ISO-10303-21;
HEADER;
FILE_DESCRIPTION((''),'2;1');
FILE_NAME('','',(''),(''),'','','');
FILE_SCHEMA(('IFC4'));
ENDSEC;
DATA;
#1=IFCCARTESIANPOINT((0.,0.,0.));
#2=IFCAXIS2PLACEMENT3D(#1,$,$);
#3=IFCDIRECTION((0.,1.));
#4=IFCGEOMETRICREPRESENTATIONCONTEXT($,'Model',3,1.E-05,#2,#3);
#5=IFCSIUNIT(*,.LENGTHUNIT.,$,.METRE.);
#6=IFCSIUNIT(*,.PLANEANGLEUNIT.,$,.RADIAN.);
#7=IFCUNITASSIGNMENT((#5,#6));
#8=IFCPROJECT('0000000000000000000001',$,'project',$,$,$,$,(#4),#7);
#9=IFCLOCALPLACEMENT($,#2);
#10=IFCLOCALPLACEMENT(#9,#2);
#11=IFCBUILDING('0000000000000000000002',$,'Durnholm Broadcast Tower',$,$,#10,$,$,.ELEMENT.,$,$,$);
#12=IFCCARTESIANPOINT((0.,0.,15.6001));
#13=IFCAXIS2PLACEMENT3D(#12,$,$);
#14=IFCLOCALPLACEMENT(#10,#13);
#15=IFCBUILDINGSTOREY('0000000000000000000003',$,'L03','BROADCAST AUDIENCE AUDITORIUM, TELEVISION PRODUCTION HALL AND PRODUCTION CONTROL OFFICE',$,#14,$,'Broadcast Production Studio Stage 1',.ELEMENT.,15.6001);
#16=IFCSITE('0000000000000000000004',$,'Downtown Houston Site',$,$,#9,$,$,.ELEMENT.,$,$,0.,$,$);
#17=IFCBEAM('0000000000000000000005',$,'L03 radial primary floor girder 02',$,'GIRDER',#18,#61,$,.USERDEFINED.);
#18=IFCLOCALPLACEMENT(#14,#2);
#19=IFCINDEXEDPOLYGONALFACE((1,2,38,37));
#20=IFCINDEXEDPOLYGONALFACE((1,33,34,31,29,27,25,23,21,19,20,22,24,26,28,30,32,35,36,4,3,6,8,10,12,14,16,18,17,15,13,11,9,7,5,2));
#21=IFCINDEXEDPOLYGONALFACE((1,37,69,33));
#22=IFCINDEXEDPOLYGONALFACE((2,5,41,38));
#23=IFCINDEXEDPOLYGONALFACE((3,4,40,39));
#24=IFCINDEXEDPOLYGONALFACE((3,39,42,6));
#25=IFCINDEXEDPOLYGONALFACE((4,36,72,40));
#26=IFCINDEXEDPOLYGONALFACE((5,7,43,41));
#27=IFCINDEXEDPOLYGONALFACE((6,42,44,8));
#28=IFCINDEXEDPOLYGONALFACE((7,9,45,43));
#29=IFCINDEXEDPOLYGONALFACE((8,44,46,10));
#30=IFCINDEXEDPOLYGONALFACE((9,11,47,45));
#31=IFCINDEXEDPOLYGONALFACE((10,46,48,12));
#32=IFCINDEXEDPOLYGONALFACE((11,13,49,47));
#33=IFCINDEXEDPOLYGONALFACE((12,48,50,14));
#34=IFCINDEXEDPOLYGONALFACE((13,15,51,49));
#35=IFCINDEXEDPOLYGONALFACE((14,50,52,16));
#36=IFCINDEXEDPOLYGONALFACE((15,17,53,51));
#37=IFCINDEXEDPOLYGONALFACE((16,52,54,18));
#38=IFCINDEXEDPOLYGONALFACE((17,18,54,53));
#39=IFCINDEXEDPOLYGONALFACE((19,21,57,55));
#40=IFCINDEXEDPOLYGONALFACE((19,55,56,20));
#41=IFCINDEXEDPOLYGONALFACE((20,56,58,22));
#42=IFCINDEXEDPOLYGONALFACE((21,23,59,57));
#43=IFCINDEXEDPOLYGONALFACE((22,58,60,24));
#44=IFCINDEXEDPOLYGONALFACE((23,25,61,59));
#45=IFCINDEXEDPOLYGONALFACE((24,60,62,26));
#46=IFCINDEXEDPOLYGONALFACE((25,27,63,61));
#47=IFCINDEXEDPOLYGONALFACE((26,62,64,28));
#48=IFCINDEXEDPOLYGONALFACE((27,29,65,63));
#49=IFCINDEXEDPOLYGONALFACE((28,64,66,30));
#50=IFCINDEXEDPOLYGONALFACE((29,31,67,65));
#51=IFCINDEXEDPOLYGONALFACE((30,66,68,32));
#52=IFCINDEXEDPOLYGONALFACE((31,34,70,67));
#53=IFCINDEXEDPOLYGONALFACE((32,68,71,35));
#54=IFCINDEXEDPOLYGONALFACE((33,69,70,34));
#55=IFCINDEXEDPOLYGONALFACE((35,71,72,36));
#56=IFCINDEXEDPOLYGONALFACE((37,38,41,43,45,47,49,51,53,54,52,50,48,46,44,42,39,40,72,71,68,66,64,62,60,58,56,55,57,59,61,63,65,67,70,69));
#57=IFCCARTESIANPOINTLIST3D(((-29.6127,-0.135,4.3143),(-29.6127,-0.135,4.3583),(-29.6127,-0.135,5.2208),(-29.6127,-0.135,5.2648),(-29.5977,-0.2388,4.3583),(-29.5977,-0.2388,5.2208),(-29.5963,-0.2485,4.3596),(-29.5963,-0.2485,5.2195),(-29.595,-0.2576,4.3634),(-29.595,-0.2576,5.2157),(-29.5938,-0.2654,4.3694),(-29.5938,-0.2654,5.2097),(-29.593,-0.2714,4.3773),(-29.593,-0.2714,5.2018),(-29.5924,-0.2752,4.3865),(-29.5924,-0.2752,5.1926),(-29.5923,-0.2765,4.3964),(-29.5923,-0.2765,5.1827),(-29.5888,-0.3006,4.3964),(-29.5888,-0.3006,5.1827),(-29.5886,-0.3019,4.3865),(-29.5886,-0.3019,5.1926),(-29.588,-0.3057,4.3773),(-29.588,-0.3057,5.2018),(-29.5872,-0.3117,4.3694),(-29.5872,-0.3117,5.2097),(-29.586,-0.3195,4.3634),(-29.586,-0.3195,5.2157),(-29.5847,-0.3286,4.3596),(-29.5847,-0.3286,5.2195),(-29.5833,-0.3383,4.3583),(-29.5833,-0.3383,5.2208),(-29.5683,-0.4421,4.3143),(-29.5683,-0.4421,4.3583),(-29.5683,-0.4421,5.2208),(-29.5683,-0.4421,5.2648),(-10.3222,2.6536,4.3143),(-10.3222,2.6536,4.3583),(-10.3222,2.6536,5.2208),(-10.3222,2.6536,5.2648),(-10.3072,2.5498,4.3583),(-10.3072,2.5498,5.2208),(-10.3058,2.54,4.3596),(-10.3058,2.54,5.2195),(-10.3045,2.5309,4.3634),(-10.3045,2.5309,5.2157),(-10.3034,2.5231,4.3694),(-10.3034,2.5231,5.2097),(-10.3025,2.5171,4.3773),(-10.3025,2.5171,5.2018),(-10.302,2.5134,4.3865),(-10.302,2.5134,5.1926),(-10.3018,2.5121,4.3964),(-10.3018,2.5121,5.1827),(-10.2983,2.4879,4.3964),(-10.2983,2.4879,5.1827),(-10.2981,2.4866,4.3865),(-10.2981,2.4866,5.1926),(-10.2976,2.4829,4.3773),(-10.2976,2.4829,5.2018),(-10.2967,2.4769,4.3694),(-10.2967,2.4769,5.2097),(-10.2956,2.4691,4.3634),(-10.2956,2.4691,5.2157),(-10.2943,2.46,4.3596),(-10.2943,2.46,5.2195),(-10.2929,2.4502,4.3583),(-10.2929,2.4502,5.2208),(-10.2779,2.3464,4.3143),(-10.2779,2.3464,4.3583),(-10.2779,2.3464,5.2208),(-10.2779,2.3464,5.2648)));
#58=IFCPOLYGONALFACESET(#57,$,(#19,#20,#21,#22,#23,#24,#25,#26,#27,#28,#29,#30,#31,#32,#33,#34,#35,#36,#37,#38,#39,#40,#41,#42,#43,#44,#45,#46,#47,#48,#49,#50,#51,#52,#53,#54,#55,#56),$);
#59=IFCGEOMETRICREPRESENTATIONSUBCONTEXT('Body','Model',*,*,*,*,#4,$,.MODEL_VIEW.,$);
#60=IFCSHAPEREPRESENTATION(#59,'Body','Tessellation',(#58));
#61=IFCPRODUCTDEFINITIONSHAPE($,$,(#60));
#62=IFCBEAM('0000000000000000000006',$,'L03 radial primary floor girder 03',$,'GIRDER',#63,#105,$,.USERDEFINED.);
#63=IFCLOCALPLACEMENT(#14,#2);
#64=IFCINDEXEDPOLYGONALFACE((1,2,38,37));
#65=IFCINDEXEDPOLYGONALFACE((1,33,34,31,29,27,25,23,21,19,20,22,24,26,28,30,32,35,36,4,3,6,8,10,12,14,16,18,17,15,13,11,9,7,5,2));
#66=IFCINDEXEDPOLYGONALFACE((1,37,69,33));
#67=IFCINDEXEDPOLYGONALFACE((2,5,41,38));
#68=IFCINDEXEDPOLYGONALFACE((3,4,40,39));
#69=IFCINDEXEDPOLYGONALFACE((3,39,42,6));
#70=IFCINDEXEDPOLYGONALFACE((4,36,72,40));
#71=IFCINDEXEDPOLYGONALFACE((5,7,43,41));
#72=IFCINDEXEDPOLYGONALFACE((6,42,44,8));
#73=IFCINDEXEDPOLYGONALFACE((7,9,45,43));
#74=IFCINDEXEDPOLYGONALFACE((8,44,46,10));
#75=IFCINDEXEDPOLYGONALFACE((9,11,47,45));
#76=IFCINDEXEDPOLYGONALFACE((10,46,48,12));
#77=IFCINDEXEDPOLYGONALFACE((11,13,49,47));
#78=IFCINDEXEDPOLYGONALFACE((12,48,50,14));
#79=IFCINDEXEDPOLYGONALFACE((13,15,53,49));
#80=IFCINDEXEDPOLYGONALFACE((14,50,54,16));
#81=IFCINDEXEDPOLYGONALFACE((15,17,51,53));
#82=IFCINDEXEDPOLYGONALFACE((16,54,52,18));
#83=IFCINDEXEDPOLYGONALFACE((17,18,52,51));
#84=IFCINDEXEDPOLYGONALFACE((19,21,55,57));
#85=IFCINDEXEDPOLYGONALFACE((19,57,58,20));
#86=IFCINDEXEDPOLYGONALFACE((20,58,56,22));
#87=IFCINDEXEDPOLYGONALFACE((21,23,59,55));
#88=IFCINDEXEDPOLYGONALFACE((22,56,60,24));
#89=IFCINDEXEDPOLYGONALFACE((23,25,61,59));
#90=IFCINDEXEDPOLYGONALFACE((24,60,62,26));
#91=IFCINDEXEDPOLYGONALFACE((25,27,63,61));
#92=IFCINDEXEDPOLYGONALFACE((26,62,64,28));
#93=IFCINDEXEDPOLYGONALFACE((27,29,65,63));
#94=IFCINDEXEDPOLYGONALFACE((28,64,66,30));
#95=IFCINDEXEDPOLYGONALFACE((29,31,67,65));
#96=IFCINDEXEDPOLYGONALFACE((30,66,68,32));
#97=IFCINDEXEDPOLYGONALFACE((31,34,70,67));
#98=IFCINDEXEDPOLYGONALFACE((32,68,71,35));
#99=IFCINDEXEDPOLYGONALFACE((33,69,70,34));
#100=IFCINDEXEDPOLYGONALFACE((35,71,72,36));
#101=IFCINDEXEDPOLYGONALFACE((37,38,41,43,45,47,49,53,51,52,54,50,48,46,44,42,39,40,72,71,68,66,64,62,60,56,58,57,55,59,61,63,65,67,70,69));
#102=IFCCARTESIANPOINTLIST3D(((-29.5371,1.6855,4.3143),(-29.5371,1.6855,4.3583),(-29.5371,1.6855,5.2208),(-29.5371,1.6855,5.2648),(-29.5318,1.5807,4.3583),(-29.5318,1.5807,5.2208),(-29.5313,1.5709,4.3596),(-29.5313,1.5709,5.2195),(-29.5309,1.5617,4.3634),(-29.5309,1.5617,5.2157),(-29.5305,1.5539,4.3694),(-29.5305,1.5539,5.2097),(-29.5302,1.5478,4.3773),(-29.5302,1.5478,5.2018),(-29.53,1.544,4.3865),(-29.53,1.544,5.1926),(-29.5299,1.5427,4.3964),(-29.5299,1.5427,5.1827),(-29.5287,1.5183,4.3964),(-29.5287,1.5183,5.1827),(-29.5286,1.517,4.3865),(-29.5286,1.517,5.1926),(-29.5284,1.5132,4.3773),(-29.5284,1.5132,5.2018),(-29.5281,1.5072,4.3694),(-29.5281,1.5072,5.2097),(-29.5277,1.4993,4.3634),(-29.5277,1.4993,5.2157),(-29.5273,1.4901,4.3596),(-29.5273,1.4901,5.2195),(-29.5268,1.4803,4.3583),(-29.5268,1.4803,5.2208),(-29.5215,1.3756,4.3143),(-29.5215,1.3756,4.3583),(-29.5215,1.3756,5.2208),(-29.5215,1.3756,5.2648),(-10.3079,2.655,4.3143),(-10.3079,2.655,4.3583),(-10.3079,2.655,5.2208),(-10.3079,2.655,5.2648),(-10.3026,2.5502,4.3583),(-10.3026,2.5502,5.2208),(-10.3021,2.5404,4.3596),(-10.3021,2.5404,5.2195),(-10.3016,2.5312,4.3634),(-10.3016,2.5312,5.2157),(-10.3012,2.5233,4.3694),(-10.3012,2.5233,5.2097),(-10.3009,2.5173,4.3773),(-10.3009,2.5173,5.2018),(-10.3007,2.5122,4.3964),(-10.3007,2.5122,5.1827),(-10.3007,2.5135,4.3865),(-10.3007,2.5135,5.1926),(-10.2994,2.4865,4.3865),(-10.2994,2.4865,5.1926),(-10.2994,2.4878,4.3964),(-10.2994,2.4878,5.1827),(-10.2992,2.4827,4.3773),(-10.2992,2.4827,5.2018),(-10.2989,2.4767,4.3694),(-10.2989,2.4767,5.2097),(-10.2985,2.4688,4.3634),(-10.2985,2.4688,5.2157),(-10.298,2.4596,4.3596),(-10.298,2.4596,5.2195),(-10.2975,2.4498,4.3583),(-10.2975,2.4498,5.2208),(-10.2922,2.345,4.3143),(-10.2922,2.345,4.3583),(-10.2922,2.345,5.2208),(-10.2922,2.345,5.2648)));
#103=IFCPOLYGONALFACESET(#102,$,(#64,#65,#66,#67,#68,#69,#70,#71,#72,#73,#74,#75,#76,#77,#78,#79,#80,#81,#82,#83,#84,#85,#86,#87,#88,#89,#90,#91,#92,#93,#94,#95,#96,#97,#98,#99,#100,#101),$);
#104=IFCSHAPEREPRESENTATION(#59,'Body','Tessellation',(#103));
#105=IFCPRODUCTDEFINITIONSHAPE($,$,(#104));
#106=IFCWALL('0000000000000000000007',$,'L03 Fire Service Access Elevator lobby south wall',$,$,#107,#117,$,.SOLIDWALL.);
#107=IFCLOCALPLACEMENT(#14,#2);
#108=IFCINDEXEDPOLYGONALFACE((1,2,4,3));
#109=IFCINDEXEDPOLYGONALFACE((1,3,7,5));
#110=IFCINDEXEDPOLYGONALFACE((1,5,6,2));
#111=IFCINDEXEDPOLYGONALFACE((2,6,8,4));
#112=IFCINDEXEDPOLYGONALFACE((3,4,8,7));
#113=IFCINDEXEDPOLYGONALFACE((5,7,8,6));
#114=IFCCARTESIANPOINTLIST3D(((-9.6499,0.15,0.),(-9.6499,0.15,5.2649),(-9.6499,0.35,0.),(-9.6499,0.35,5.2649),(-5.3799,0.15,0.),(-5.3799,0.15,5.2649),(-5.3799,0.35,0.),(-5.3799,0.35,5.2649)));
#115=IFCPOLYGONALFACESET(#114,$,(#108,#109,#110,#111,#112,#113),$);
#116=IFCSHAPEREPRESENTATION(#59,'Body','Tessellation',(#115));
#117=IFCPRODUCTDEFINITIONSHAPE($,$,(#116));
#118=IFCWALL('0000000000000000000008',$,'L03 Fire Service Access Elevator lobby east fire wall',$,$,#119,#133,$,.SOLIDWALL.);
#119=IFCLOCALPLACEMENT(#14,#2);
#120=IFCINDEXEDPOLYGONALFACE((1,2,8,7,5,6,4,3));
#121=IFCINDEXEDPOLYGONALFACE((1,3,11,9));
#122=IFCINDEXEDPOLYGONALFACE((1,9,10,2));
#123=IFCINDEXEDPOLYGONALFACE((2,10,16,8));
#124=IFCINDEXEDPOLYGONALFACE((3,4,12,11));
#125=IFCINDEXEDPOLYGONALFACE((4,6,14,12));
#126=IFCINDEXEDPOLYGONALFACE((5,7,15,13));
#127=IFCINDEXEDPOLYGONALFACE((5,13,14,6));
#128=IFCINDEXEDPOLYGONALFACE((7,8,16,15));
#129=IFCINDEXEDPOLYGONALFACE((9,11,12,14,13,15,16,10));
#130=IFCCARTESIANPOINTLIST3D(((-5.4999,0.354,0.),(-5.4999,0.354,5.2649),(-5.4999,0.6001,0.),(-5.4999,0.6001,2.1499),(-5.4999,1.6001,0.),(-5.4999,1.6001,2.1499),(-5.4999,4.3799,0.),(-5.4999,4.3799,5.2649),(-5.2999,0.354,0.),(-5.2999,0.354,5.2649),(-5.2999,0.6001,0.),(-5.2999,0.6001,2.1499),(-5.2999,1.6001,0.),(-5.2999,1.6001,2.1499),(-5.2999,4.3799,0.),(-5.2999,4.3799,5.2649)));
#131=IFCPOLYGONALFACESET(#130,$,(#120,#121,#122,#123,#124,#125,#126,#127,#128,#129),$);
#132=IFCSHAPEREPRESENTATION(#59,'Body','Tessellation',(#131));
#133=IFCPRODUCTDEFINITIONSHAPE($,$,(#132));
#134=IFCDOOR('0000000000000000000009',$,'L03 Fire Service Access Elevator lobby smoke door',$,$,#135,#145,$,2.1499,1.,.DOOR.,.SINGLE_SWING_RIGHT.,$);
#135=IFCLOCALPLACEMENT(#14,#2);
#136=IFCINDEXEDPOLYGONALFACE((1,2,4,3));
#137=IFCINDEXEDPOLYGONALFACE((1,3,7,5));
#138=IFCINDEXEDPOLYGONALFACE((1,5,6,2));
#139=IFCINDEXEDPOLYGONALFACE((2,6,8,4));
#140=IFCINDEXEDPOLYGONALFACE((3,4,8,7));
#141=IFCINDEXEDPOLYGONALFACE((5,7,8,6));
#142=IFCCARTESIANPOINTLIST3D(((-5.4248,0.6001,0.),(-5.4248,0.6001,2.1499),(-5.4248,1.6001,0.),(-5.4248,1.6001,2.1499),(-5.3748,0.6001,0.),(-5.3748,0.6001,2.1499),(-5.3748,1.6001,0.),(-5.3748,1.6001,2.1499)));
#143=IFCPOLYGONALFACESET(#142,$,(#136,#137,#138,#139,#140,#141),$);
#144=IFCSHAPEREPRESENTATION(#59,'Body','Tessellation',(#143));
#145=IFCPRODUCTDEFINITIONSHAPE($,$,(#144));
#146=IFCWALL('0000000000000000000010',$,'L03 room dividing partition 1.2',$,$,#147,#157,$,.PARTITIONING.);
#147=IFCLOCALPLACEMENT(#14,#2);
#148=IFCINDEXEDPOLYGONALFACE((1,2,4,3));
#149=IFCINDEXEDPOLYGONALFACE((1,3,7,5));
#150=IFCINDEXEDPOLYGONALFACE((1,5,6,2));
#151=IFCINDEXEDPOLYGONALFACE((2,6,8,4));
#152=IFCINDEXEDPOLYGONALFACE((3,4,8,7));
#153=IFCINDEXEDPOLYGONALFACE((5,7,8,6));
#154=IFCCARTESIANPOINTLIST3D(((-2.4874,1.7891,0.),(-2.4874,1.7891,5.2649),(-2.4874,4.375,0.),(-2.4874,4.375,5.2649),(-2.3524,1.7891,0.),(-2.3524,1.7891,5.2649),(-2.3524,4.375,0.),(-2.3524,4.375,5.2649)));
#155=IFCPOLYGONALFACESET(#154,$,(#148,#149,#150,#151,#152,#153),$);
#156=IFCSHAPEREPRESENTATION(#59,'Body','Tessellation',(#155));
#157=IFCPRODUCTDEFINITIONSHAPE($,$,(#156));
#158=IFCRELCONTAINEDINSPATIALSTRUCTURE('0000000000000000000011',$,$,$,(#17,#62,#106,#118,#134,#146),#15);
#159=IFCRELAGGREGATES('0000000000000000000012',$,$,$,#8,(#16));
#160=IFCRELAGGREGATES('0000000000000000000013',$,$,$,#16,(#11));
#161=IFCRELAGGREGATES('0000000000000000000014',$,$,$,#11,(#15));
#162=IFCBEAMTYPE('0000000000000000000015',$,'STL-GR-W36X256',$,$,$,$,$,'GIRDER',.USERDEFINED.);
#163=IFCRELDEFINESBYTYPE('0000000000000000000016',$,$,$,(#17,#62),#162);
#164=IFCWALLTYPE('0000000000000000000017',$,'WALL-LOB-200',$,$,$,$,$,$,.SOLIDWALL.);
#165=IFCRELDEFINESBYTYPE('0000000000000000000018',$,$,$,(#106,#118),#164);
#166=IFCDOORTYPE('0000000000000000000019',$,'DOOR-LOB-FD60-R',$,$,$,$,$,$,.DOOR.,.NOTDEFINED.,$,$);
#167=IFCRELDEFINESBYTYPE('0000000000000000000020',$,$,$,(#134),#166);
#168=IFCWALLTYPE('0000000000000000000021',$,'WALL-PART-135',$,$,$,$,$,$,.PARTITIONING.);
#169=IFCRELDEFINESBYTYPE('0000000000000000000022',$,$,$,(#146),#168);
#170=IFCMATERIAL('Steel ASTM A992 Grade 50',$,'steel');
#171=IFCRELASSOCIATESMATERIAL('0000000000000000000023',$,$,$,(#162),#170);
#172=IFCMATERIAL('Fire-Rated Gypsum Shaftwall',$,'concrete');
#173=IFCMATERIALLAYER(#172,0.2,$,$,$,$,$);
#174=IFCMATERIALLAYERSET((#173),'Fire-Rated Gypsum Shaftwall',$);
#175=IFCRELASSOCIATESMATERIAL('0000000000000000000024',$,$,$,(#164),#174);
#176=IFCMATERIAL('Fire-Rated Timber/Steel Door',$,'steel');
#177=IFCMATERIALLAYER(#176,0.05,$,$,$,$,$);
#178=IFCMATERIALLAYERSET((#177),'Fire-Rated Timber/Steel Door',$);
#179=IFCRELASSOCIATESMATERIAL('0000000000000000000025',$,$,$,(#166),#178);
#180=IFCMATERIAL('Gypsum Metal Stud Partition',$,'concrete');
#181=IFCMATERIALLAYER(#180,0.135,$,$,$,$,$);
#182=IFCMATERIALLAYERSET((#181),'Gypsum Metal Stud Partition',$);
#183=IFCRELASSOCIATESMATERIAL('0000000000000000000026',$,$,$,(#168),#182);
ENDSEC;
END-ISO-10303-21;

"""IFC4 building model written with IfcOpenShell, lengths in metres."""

from ifc_helpers import new_model, si_unit, direction, frame, frame_2d, origin, origin_2d, place, context, subcontext, project, spatial, rectangle, i_section, extrude, source, transform, mapped, material, layer, layer_set, material_profile, profile_set, type_object, type_shapes, element, fill, save


model = new_model("IFC4")

# Units and contexts
model_context = context("Model", 3, precision=1e-05, world=origin(), true_north=direction((0.0, 1.0)))
body_context = subcontext(model_context, "Body", "Model", "MODEL_VIEW")
ifc_project = project(units=[si_unit("LENGTHUNIT", "METRE"), si_unit("PLANEANGLEUNIT", "RADIAN")], contexts=[model_context])

# Site, building, storey
site_placement = place(None, origin())
site = spatial("IfcSite", under=ifc_project, at=site_placement, Name="Downtown Houston Site", CompositionType="ELEMENT", RefElevation=0.0)
building_placement = place(site_placement, origin())
building = spatial("IfcBuilding", under=site, at=building_placement, Name="Durnholm Broadcast Tower", CompositionType="ELEMENT")
storey_placement = place(building_placement, frame((0.0, 0.0, 15.6001)))
storey = spatial("IfcBuildingStorey", under=building, at=storey_placement, Name="L03", Description="BROADCAST AUDIENCE AUDITORIUM, TELEVISION PRODUCTION HALL AND PRODUCTION CONTROL OFFICE", LongName="Broadcast Production Studio Stage 1", CompositionType="ELEMENT", Elevation=15.6001)

# Beams
ifc_material_1 = material(Name="Steel ASTM A992 Grade 50", Category="steel")
ifc_material_profile = material_profile(ifc_material_1, i_section(OverallWidth=0.3103, OverallDepth=0.9504, WebThickness=0.0244, FlangeThickness=0.0439, FilletRadius=0.0381, at=origin_2d()), Name="W36X256")
ifc_profile_set = profile_set([ifc_material_profile], Name="Steel ASTM A992 Grade 50")
beam_type = type_object("IfcBeamType", Name="STL-GR-W36X256", ElementType="GIRDER", PredefinedType="USERDEFINED", material=ifc_profile_set)
shared_shape_1 = source(origin(), body_context, "Body", "SweptSolid", [
    extrude(i_section(OverallWidth=0.3103, OverallDepth=0.9504, WebThickness=0.0244, FlangeThickness=0.0439, FilletRadius=0.0381, at=origin_2d()), origin(), (0.0, 0.0, 1.0), 19.491),
])
beam_1_placement = place(storey_placement, frame((-10.3, 2.5, 4.7896), z_axis=(-0.989713, -0.14307, 0.0), x_axis=(0.14307, -0.989713, 0.0)))
element("IfcBeam", 1, at=beam_1_placement, inside=storey, type_object=beam_type, Name="L03 radial primary floor girder 02", ObjectType="GIRDER", PredefinedType="USERDEFINED", context=body_context, shape_type="MappedRepresentation", body=[
    mapped(shared_shape_1, transform((0.0, 0.0, 0.0), x_axis=(1.0, 0.0, 0.0), y_axis=(0.0, 1.0, 0.0), z_axis=(0.0, 0.0, 1.0), scale=1.0)),
])
shared_shape_2 = source(origin(), body_context, "Body", "SweptSolid", [
    extrude(i_section(OverallWidth=0.3103, OverallDepth=0.9504, WebThickness=0.0244, FlangeThickness=0.0439, FilletRadius=0.0381, at=origin_2d()), origin(), (0.0, 0.0, 1.0), 19.2537),
])
type_shapes(beam_type, [shared_shape_1, shared_shape_2])
beam_2_placement = place(storey_placement, frame((-10.3, 2.5, 4.7896), z_axis=(-0.998731, -0.050353, 0.0), x_axis=(0.050353, -0.998731, 0.0)))
element("IfcBeam", 2, at=beam_2_placement, inside=storey, type_object=beam_type, Name="L03 radial primary floor girder 03", ObjectType="GIRDER", PredefinedType="USERDEFINED", context=body_context, shape_type="MappedRepresentation", body=[
    mapped(shared_shape_2, transform((0.0, 0.0, 0.0), x_axis=(1.0, 0.0, 0.0), y_axis=(0.0, 1.0, 0.0), z_axis=(0.0, 0.0, 1.0), scale=1.0)),
])

# Wall
ifc_material_2 = material(Name="Fire-Rated Gypsum Shaftwall", Category="concrete")
ifc_layer_1 = layer(ifc_material_2, 0.2)
ifc_layer_set_1 = layer_set([ifc_layer_1], Name="Fire-Rated Gypsum Shaftwall")
wall_type_1 = type_object("IfcWallType", Name="WALL-LOB-200", PredefinedType="SOLIDWALL", material=ifc_layer_set_1)
wall_1_placement = place(storey_placement, frame((-9.6499, 0.25, 0.0), z_axis=(0.0, 0.0, 1.0), x_axis=(1.0, 0.0, 0.0)))
element("IfcWall", 3, at=wall_1_placement, inside=storey, type_object=wall_type_1, Name="L03 Fire Service Access Elevator lobby south wall", PredefinedType="SOLIDWALL", context=body_context, shape_type="SweptSolid", body=[
    extrude(rectangle(XDim=4.27, YDim=0.2, at=frame_2d((2.135, 0.0))), origin(), (0.0, 0.0, 1.0), 5.2649),
])

# Wall, opening, door
wall_2_placement = place(storey_placement, frame((-5.3999, 0.354, 0.0), z_axis=(0.0, 0.0, 1.0), x_axis=(0.0, 1.0, 0.0)))
wall_2 = element("IfcWall", 4, at=wall_2_placement, inside=storey, type_object=wall_type_1, Name="L03 Fire Service Access Elevator lobby east fire wall", PredefinedType="SOLIDWALL", context=body_context, shape_type="SweptSolid", body=[
    extrude(rectangle(XDim=4.0259, YDim=0.2, at=frame_2d((2.0129, 0.0))), origin(), (0.0, 0.0, 1.0), 5.2649),
])
opening_1_placement = place(wall_2_placement, frame((0.2461, 0.0, 0.0)))
opening_1 = element("IfcOpeningElement", 5, at=opening_1_placement, cuts=wall_2, PredefinedType="OPENING", context=body_context, shape_type="SweptSolid", body=[
    extrude(rectangle(XDim=1.0, YDim=2.1499, at=frame_2d((0.5, 1.075))), frame((0.0, 0.1099, 0.0), z_axis=(0.0, -1.0, 0.0), x_axis=(1.0, 0.0, 0.0)), (0.0, 0.0, 1.0), 0.22),
])
ifc_material_3 = material(Name="Fire-Rated Timber/Steel Door", Category="steel")
ifc_layer_2 = layer(ifc_material_3, 0.05)
ifc_layer_set_2 = layer_set([ifc_layer_2], Name="Fire-Rated Timber/Steel Door")
door_type_1 = type_object("IfcDoorType", Name="DOOR-LOB-FD60-R", OperationType="NOTDEFINED", PredefinedType="DOOR", material=ifc_layer_set_2)
shared_shape_3 = source(origin(), body_context, "Body", "SweptSolid", [
    extrude(rectangle(XDim=1.0, YDim=2.1499, at=frame_2d((0.5, 1.075))), frame((0.0, 0.0249, 0.0), z_axis=(0.0, -1.0, 0.0), x_axis=(1.0, 0.0, 0.0)), (0.0, 0.0, 1.0), 0.05),
])
type_shapes(door_type_1, [shared_shape_3])
door_1_placement = place(opening_1_placement, origin())
door_1 = element("IfcDoor", 6, at=door_1_placement, inside=storey, type_object=door_type_1, Name="L03 Fire Service Access Elevator lobby smoke door", OperationType="SINGLE_SWING_RIGHT", OverallHeight=2.1499, OverallWidth=1.0, PredefinedType="DOOR", context=body_context, shape_type="MappedRepresentation", body=[
    mapped(shared_shape_3, transform((0.0, 0.0, 0.0), x_axis=(1.0, 0.0, 0.0), y_axis=(0.0, 1.0, 0.0), z_axis=(0.0, 0.0, 1.0), scale=1.0)),
])
fill(opening_1, door_1)

# Wall
ifc_material_4 = material(Name="Gypsum Metal Stud Partition", Category="concrete")
ifc_layer_3 = layer(ifc_material_4, 0.135)
ifc_layer_set_3 = layer_set([ifc_layer_3], Name="Gypsum Metal Stud Partition")
wall_type_2 = type_object("IfcWallType", Name="WALL-PART-135", PredefinedType="PARTITIONING", material=ifc_layer_set_3)
wall_3_placement = place(storey_placement, frame((-2.4199, 4.375, 0.0), z_axis=(0.0, 0.0, 1.0), x_axis=(0.0, -1.0, 0.0)))
element("IfcWall", 7, at=wall_3_placement, inside=storey, type_object=wall_type_2, Name="L03 room dividing partition 1.2", PredefinedType="PARTITIONING", context=body_context, shape_type="SweptSolid", body=[
    extrude(rectangle(XDim=2.5859, YDim=0.135, at=frame_2d((1.293, 0.0))), origin(), (0.0, 0.0, 1.0), 5.2649),
])

save(model, "model.ifc")
